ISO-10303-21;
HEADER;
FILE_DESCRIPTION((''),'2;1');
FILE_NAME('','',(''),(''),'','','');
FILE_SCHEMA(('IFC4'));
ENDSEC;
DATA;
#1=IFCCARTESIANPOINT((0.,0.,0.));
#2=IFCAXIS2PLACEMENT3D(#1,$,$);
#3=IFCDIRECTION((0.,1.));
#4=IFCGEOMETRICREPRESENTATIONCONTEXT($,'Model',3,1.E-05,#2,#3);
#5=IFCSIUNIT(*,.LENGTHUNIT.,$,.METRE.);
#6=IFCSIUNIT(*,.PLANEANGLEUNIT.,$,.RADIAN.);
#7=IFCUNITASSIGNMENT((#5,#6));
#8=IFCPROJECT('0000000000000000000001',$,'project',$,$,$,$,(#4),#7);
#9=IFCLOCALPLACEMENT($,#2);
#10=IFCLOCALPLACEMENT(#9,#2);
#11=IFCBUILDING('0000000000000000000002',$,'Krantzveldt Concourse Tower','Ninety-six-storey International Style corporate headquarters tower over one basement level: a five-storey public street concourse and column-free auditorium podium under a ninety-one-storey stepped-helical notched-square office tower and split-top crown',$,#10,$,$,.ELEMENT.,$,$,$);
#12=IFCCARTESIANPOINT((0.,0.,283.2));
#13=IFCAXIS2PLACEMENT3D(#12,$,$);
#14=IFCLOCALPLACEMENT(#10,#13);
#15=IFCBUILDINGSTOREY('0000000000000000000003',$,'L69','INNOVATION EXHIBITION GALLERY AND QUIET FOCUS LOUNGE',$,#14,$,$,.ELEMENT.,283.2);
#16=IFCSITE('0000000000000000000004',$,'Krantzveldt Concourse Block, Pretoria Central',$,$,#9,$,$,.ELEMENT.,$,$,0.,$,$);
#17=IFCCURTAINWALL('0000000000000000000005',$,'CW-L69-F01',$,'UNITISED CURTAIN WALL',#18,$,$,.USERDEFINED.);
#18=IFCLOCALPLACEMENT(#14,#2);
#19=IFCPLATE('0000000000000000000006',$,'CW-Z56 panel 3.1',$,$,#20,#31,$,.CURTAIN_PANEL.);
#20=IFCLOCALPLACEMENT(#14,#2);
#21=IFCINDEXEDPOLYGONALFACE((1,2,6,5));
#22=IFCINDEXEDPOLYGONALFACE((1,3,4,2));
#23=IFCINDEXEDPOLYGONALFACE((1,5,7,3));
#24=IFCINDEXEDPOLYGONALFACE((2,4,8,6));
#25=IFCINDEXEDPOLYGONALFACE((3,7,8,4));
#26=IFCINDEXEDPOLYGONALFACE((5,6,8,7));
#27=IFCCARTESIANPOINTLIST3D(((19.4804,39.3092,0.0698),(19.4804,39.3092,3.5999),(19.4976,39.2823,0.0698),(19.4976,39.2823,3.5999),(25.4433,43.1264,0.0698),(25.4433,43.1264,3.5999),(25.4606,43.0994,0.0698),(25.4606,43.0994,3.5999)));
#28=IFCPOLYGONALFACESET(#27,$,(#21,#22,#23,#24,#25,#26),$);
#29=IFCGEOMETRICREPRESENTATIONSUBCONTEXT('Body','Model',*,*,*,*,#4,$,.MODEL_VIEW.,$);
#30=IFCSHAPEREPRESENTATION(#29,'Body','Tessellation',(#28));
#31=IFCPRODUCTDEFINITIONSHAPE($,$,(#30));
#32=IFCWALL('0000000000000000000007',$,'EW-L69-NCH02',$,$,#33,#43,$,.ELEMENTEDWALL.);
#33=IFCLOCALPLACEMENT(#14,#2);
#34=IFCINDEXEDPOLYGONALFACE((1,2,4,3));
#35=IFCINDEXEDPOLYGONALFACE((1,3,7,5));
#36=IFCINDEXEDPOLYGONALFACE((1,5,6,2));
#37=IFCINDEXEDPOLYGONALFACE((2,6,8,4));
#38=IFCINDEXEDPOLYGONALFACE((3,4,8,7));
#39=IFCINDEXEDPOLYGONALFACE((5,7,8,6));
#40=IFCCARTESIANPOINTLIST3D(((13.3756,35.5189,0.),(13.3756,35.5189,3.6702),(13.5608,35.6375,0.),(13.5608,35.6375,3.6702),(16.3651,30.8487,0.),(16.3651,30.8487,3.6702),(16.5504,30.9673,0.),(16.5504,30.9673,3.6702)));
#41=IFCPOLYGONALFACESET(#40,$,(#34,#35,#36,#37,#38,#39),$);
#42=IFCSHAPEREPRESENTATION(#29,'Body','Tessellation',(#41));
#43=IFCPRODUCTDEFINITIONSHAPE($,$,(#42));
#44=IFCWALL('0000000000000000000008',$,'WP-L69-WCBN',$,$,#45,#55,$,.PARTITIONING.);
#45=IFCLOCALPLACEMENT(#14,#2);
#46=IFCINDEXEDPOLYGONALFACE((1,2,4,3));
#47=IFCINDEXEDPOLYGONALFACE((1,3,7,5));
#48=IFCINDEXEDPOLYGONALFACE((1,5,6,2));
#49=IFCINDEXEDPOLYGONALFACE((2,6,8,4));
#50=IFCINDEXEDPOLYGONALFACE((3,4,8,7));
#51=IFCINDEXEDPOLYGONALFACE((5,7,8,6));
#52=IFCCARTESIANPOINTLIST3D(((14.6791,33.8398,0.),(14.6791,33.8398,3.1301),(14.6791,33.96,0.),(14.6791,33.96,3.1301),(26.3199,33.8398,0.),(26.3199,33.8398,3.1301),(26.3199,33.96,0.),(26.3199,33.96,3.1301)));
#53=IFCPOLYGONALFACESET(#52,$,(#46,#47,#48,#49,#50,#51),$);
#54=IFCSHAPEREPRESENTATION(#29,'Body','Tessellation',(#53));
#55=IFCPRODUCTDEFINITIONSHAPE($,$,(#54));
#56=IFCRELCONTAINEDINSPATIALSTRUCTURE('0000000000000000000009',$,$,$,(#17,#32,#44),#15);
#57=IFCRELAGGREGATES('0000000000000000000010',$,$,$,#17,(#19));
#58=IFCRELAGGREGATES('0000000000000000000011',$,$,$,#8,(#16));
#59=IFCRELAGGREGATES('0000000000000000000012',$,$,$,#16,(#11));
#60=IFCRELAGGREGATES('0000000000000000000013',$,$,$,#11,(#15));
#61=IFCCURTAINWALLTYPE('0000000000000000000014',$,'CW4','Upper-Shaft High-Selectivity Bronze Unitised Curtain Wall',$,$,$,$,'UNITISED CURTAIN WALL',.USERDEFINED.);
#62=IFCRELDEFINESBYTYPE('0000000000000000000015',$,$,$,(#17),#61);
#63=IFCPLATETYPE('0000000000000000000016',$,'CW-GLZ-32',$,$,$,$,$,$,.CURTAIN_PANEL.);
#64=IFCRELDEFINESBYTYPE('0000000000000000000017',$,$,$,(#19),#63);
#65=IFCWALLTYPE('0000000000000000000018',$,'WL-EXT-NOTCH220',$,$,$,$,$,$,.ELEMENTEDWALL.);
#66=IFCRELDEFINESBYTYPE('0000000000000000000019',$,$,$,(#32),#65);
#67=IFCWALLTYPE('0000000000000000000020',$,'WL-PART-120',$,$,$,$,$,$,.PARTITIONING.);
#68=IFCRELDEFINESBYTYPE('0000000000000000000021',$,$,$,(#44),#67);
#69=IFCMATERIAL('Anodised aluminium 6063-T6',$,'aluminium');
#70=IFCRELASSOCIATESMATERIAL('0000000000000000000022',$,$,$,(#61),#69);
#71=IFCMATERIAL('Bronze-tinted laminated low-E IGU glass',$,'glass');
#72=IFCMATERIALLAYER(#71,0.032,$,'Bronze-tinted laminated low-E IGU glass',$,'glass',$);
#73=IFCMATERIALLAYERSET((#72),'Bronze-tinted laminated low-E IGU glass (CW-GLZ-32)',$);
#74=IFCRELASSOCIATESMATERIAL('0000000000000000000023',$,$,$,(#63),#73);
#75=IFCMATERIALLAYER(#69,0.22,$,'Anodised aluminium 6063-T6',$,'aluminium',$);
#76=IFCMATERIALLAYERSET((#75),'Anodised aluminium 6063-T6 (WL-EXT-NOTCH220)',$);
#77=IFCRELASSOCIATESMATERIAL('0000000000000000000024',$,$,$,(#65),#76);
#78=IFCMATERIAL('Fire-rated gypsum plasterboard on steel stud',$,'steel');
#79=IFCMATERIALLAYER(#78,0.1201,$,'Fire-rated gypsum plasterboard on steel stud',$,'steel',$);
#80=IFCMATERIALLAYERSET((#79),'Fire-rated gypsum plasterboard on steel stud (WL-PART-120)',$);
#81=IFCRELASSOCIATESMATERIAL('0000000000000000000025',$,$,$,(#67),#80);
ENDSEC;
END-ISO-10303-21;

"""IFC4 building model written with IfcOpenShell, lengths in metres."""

from ifc_helpers import new_model, si_unit, direction, frame, frame_2d, origin, origin_2d, place, context, subcontext, project, spatial, rectangle, extrude, source, transform, mapped, material, layer, layer_set, type_object, element, aggregate, save


model = new_model("IFC4")

# Units and contexts
model_context = context("Model", 3, precision=1e-05, world=origin(), true_north=direction((0.0, 1.0)))
body_context = subcontext(model_context, "Body", "Model", "MODEL_VIEW")
ifc_project = project(units=[si_unit("LENGTHUNIT", "METRE"), si_unit("PLANEANGLEUNIT", "RADIAN")], contexts=[model_context])

# Site, building, storey
site_placement = place(None, origin())
site = spatial("IfcSite", under=ifc_project, at=site_placement, Name="Krantzveldt Concourse Block, Pretoria Central", CompositionType="ELEMENT", RefElevation=0.0)
building_placement = place(site_placement, origin())
building = spatial("IfcBuilding", under=site, at=building_placement, Name="Krantzveldt Concourse Tower", Description="Ninety-six-storey International Style corporate headquarters tower over one basement level: a five-storey public street concourse and column-free auditorium podium under a ninety-one-storey stepped-helical notched-square office tower and split-top crown", CompositionType="ELEMENT")
storey_placement = place(building_placement, frame((0.0, 0.0, 283.2)))
storey = spatial("IfcBuildingStorey", under=building, at=storey_placement, Name="L69", Description="INNOVATION EXHIBITION GALLERY AND QUIET FOCUS LOUNGE", CompositionType="ELEMENT", Elevation=283.2)

# Curtain wall, plate
ifc_material_1 = material(Name="Anodised aluminium 6063-T6", Category="aluminium")
curtain_wall_type = type_object("IfcCurtainWallType", Name="CW4", Description="Upper-Shaft High-Selectivity Bronze Unitised Curtain Wall", ElementType="UNITISED CURTAIN WALL", PredefinedType="USERDEFINED", material=ifc_material_1)
curtain_wall_placement = place(storey_placement, origin())
curtain_wall = element("IfcCurtainWall", 1, at=curtain_wall_placement, inside=storey, type_object=curtain_wall_type, Name="CW-L69-F01", ObjectType="UNITISED CURTAIN WALL", PredefinedType="USERDEFINED")
ifc_material_2 = material(Name="Bronze-tinted laminated low-E IGU glass", Category="glass")
ifc_layer_1 = layer(ifc_material_2, 0.032, Name="Bronze-tinted laminated low-E IGU glass", Category="glass")
ifc_layer_set_1 = layer_set([ifc_layer_1], Name="Bronze-tinted laminated low-E IGU glass (CW-GLZ-32)")
plate_type = type_object("IfcPlateType", Name="CW-GLZ-32", PredefinedType="CURTAIN_PANEL", material=ifc_layer_set_1)
shared_shape_1 = source(origin(), body_context, "Body", "SweptSolid", [
    extrude(rectangle(XDim=7.0801, YDim=0.032, at=origin_2d()), origin(), (0.0, 0.0, 1.0), 3.53),
])
plate_1_placement = place(storey_placement, frame((22.4705, 41.2043, 0.0698), z_axis=(0.0, 0.0, 1.0), x_axis=(-0.842217, -0.539138, 0.0)))
plate_1 = element("IfcPlate", 2, at=plate_1_placement, type_object=plate_type, Name="CW-Z56 panel 3.1", PredefinedType="CURTAIN_PANEL", context=body_context, shape_type="MappedRepresentation", body=[
    mapped(shared_shape_1, transform((0.0, 0.0, 0.0), x_axis=(1.0, 0.0, 0.0), y_axis=(0.0, 1.0, 0.0), z_axis=(0.0, 0.0, 1.0), scale=1.0)),
])
aggregate(curtain_wall, [plate_1])

# Walls
ifc_layer_2 = layer(ifc_material_1, 0.22, Name="Anodised aluminium 6063-T6", Category="aluminium")
ifc_layer_set_2 = layer_set([ifc_layer_2], Name="Anodised aluminium 6063-T6 (WL-EXT-NOTCH220)")
wall_type_1 = type_object("IfcWallType", Name="WL-EXT-NOTCH220", PredefinedType="ELEMENTEDWALL", material=ifc_layer_set_2)
wall_1_placement = place(storey_placement, frame((13.4683, 35.5781, 0.0), z_axis=(0.0, 0.0, 1.0), x_axis=(0.53913, -0.842223, 0.0)))
element("IfcWall", 3, at=wall_1_placement, inside=storey, type_object=wall_type_1, Name="EW-L69-NCH02", PredefinedType="ELEMENTEDWALL", context=body_context, shape_type="SweptSolid", body=[
    extrude(rectangle(XDim=5.5452, YDim=0.22, at=frame_2d((2.7725, 0.0))), origin(), (0.0, 0.0, 1.0), 3.6702),
])
ifc_material_3 = material(Name="Fire-rated gypsum plasterboard on steel stud", Category="steel")
ifc_layer_3 = layer(ifc_material_3, 0.1201, Name="Fire-rated gypsum plasterboard on steel stud", Category="steel")
ifc_layer_set_3 = layer_set([ifc_layer_3], Name="Fire-rated gypsum plasterboard on steel stud (WL-PART-120)")
wall_type_2 = type_object("IfcWallType", Name="WL-PART-120", PredefinedType="PARTITIONING", material=ifc_layer_set_3)
wall_2_placement = place(storey_placement, frame((14.6792, 33.8999, 0.0), z_axis=(0.0, 0.0, 1.0), x_axis=(1.0, 0.0, 0.0)))
element("IfcWall", 4, at=wall_2_placement, inside=storey, type_object=wall_type_2, Name="WP-L69-WCBN", PredefinedType="PARTITIONING", context=body_context, shape_type="SweptSolid", body=[
    extrude(rectangle(XDim=11.6409, YDim=0.1201, at=frame_2d((5.8203, 0.0))), origin(), (0.0, 0.0, 1.0), 3.1301),
])

save(model, "model.ifc")
